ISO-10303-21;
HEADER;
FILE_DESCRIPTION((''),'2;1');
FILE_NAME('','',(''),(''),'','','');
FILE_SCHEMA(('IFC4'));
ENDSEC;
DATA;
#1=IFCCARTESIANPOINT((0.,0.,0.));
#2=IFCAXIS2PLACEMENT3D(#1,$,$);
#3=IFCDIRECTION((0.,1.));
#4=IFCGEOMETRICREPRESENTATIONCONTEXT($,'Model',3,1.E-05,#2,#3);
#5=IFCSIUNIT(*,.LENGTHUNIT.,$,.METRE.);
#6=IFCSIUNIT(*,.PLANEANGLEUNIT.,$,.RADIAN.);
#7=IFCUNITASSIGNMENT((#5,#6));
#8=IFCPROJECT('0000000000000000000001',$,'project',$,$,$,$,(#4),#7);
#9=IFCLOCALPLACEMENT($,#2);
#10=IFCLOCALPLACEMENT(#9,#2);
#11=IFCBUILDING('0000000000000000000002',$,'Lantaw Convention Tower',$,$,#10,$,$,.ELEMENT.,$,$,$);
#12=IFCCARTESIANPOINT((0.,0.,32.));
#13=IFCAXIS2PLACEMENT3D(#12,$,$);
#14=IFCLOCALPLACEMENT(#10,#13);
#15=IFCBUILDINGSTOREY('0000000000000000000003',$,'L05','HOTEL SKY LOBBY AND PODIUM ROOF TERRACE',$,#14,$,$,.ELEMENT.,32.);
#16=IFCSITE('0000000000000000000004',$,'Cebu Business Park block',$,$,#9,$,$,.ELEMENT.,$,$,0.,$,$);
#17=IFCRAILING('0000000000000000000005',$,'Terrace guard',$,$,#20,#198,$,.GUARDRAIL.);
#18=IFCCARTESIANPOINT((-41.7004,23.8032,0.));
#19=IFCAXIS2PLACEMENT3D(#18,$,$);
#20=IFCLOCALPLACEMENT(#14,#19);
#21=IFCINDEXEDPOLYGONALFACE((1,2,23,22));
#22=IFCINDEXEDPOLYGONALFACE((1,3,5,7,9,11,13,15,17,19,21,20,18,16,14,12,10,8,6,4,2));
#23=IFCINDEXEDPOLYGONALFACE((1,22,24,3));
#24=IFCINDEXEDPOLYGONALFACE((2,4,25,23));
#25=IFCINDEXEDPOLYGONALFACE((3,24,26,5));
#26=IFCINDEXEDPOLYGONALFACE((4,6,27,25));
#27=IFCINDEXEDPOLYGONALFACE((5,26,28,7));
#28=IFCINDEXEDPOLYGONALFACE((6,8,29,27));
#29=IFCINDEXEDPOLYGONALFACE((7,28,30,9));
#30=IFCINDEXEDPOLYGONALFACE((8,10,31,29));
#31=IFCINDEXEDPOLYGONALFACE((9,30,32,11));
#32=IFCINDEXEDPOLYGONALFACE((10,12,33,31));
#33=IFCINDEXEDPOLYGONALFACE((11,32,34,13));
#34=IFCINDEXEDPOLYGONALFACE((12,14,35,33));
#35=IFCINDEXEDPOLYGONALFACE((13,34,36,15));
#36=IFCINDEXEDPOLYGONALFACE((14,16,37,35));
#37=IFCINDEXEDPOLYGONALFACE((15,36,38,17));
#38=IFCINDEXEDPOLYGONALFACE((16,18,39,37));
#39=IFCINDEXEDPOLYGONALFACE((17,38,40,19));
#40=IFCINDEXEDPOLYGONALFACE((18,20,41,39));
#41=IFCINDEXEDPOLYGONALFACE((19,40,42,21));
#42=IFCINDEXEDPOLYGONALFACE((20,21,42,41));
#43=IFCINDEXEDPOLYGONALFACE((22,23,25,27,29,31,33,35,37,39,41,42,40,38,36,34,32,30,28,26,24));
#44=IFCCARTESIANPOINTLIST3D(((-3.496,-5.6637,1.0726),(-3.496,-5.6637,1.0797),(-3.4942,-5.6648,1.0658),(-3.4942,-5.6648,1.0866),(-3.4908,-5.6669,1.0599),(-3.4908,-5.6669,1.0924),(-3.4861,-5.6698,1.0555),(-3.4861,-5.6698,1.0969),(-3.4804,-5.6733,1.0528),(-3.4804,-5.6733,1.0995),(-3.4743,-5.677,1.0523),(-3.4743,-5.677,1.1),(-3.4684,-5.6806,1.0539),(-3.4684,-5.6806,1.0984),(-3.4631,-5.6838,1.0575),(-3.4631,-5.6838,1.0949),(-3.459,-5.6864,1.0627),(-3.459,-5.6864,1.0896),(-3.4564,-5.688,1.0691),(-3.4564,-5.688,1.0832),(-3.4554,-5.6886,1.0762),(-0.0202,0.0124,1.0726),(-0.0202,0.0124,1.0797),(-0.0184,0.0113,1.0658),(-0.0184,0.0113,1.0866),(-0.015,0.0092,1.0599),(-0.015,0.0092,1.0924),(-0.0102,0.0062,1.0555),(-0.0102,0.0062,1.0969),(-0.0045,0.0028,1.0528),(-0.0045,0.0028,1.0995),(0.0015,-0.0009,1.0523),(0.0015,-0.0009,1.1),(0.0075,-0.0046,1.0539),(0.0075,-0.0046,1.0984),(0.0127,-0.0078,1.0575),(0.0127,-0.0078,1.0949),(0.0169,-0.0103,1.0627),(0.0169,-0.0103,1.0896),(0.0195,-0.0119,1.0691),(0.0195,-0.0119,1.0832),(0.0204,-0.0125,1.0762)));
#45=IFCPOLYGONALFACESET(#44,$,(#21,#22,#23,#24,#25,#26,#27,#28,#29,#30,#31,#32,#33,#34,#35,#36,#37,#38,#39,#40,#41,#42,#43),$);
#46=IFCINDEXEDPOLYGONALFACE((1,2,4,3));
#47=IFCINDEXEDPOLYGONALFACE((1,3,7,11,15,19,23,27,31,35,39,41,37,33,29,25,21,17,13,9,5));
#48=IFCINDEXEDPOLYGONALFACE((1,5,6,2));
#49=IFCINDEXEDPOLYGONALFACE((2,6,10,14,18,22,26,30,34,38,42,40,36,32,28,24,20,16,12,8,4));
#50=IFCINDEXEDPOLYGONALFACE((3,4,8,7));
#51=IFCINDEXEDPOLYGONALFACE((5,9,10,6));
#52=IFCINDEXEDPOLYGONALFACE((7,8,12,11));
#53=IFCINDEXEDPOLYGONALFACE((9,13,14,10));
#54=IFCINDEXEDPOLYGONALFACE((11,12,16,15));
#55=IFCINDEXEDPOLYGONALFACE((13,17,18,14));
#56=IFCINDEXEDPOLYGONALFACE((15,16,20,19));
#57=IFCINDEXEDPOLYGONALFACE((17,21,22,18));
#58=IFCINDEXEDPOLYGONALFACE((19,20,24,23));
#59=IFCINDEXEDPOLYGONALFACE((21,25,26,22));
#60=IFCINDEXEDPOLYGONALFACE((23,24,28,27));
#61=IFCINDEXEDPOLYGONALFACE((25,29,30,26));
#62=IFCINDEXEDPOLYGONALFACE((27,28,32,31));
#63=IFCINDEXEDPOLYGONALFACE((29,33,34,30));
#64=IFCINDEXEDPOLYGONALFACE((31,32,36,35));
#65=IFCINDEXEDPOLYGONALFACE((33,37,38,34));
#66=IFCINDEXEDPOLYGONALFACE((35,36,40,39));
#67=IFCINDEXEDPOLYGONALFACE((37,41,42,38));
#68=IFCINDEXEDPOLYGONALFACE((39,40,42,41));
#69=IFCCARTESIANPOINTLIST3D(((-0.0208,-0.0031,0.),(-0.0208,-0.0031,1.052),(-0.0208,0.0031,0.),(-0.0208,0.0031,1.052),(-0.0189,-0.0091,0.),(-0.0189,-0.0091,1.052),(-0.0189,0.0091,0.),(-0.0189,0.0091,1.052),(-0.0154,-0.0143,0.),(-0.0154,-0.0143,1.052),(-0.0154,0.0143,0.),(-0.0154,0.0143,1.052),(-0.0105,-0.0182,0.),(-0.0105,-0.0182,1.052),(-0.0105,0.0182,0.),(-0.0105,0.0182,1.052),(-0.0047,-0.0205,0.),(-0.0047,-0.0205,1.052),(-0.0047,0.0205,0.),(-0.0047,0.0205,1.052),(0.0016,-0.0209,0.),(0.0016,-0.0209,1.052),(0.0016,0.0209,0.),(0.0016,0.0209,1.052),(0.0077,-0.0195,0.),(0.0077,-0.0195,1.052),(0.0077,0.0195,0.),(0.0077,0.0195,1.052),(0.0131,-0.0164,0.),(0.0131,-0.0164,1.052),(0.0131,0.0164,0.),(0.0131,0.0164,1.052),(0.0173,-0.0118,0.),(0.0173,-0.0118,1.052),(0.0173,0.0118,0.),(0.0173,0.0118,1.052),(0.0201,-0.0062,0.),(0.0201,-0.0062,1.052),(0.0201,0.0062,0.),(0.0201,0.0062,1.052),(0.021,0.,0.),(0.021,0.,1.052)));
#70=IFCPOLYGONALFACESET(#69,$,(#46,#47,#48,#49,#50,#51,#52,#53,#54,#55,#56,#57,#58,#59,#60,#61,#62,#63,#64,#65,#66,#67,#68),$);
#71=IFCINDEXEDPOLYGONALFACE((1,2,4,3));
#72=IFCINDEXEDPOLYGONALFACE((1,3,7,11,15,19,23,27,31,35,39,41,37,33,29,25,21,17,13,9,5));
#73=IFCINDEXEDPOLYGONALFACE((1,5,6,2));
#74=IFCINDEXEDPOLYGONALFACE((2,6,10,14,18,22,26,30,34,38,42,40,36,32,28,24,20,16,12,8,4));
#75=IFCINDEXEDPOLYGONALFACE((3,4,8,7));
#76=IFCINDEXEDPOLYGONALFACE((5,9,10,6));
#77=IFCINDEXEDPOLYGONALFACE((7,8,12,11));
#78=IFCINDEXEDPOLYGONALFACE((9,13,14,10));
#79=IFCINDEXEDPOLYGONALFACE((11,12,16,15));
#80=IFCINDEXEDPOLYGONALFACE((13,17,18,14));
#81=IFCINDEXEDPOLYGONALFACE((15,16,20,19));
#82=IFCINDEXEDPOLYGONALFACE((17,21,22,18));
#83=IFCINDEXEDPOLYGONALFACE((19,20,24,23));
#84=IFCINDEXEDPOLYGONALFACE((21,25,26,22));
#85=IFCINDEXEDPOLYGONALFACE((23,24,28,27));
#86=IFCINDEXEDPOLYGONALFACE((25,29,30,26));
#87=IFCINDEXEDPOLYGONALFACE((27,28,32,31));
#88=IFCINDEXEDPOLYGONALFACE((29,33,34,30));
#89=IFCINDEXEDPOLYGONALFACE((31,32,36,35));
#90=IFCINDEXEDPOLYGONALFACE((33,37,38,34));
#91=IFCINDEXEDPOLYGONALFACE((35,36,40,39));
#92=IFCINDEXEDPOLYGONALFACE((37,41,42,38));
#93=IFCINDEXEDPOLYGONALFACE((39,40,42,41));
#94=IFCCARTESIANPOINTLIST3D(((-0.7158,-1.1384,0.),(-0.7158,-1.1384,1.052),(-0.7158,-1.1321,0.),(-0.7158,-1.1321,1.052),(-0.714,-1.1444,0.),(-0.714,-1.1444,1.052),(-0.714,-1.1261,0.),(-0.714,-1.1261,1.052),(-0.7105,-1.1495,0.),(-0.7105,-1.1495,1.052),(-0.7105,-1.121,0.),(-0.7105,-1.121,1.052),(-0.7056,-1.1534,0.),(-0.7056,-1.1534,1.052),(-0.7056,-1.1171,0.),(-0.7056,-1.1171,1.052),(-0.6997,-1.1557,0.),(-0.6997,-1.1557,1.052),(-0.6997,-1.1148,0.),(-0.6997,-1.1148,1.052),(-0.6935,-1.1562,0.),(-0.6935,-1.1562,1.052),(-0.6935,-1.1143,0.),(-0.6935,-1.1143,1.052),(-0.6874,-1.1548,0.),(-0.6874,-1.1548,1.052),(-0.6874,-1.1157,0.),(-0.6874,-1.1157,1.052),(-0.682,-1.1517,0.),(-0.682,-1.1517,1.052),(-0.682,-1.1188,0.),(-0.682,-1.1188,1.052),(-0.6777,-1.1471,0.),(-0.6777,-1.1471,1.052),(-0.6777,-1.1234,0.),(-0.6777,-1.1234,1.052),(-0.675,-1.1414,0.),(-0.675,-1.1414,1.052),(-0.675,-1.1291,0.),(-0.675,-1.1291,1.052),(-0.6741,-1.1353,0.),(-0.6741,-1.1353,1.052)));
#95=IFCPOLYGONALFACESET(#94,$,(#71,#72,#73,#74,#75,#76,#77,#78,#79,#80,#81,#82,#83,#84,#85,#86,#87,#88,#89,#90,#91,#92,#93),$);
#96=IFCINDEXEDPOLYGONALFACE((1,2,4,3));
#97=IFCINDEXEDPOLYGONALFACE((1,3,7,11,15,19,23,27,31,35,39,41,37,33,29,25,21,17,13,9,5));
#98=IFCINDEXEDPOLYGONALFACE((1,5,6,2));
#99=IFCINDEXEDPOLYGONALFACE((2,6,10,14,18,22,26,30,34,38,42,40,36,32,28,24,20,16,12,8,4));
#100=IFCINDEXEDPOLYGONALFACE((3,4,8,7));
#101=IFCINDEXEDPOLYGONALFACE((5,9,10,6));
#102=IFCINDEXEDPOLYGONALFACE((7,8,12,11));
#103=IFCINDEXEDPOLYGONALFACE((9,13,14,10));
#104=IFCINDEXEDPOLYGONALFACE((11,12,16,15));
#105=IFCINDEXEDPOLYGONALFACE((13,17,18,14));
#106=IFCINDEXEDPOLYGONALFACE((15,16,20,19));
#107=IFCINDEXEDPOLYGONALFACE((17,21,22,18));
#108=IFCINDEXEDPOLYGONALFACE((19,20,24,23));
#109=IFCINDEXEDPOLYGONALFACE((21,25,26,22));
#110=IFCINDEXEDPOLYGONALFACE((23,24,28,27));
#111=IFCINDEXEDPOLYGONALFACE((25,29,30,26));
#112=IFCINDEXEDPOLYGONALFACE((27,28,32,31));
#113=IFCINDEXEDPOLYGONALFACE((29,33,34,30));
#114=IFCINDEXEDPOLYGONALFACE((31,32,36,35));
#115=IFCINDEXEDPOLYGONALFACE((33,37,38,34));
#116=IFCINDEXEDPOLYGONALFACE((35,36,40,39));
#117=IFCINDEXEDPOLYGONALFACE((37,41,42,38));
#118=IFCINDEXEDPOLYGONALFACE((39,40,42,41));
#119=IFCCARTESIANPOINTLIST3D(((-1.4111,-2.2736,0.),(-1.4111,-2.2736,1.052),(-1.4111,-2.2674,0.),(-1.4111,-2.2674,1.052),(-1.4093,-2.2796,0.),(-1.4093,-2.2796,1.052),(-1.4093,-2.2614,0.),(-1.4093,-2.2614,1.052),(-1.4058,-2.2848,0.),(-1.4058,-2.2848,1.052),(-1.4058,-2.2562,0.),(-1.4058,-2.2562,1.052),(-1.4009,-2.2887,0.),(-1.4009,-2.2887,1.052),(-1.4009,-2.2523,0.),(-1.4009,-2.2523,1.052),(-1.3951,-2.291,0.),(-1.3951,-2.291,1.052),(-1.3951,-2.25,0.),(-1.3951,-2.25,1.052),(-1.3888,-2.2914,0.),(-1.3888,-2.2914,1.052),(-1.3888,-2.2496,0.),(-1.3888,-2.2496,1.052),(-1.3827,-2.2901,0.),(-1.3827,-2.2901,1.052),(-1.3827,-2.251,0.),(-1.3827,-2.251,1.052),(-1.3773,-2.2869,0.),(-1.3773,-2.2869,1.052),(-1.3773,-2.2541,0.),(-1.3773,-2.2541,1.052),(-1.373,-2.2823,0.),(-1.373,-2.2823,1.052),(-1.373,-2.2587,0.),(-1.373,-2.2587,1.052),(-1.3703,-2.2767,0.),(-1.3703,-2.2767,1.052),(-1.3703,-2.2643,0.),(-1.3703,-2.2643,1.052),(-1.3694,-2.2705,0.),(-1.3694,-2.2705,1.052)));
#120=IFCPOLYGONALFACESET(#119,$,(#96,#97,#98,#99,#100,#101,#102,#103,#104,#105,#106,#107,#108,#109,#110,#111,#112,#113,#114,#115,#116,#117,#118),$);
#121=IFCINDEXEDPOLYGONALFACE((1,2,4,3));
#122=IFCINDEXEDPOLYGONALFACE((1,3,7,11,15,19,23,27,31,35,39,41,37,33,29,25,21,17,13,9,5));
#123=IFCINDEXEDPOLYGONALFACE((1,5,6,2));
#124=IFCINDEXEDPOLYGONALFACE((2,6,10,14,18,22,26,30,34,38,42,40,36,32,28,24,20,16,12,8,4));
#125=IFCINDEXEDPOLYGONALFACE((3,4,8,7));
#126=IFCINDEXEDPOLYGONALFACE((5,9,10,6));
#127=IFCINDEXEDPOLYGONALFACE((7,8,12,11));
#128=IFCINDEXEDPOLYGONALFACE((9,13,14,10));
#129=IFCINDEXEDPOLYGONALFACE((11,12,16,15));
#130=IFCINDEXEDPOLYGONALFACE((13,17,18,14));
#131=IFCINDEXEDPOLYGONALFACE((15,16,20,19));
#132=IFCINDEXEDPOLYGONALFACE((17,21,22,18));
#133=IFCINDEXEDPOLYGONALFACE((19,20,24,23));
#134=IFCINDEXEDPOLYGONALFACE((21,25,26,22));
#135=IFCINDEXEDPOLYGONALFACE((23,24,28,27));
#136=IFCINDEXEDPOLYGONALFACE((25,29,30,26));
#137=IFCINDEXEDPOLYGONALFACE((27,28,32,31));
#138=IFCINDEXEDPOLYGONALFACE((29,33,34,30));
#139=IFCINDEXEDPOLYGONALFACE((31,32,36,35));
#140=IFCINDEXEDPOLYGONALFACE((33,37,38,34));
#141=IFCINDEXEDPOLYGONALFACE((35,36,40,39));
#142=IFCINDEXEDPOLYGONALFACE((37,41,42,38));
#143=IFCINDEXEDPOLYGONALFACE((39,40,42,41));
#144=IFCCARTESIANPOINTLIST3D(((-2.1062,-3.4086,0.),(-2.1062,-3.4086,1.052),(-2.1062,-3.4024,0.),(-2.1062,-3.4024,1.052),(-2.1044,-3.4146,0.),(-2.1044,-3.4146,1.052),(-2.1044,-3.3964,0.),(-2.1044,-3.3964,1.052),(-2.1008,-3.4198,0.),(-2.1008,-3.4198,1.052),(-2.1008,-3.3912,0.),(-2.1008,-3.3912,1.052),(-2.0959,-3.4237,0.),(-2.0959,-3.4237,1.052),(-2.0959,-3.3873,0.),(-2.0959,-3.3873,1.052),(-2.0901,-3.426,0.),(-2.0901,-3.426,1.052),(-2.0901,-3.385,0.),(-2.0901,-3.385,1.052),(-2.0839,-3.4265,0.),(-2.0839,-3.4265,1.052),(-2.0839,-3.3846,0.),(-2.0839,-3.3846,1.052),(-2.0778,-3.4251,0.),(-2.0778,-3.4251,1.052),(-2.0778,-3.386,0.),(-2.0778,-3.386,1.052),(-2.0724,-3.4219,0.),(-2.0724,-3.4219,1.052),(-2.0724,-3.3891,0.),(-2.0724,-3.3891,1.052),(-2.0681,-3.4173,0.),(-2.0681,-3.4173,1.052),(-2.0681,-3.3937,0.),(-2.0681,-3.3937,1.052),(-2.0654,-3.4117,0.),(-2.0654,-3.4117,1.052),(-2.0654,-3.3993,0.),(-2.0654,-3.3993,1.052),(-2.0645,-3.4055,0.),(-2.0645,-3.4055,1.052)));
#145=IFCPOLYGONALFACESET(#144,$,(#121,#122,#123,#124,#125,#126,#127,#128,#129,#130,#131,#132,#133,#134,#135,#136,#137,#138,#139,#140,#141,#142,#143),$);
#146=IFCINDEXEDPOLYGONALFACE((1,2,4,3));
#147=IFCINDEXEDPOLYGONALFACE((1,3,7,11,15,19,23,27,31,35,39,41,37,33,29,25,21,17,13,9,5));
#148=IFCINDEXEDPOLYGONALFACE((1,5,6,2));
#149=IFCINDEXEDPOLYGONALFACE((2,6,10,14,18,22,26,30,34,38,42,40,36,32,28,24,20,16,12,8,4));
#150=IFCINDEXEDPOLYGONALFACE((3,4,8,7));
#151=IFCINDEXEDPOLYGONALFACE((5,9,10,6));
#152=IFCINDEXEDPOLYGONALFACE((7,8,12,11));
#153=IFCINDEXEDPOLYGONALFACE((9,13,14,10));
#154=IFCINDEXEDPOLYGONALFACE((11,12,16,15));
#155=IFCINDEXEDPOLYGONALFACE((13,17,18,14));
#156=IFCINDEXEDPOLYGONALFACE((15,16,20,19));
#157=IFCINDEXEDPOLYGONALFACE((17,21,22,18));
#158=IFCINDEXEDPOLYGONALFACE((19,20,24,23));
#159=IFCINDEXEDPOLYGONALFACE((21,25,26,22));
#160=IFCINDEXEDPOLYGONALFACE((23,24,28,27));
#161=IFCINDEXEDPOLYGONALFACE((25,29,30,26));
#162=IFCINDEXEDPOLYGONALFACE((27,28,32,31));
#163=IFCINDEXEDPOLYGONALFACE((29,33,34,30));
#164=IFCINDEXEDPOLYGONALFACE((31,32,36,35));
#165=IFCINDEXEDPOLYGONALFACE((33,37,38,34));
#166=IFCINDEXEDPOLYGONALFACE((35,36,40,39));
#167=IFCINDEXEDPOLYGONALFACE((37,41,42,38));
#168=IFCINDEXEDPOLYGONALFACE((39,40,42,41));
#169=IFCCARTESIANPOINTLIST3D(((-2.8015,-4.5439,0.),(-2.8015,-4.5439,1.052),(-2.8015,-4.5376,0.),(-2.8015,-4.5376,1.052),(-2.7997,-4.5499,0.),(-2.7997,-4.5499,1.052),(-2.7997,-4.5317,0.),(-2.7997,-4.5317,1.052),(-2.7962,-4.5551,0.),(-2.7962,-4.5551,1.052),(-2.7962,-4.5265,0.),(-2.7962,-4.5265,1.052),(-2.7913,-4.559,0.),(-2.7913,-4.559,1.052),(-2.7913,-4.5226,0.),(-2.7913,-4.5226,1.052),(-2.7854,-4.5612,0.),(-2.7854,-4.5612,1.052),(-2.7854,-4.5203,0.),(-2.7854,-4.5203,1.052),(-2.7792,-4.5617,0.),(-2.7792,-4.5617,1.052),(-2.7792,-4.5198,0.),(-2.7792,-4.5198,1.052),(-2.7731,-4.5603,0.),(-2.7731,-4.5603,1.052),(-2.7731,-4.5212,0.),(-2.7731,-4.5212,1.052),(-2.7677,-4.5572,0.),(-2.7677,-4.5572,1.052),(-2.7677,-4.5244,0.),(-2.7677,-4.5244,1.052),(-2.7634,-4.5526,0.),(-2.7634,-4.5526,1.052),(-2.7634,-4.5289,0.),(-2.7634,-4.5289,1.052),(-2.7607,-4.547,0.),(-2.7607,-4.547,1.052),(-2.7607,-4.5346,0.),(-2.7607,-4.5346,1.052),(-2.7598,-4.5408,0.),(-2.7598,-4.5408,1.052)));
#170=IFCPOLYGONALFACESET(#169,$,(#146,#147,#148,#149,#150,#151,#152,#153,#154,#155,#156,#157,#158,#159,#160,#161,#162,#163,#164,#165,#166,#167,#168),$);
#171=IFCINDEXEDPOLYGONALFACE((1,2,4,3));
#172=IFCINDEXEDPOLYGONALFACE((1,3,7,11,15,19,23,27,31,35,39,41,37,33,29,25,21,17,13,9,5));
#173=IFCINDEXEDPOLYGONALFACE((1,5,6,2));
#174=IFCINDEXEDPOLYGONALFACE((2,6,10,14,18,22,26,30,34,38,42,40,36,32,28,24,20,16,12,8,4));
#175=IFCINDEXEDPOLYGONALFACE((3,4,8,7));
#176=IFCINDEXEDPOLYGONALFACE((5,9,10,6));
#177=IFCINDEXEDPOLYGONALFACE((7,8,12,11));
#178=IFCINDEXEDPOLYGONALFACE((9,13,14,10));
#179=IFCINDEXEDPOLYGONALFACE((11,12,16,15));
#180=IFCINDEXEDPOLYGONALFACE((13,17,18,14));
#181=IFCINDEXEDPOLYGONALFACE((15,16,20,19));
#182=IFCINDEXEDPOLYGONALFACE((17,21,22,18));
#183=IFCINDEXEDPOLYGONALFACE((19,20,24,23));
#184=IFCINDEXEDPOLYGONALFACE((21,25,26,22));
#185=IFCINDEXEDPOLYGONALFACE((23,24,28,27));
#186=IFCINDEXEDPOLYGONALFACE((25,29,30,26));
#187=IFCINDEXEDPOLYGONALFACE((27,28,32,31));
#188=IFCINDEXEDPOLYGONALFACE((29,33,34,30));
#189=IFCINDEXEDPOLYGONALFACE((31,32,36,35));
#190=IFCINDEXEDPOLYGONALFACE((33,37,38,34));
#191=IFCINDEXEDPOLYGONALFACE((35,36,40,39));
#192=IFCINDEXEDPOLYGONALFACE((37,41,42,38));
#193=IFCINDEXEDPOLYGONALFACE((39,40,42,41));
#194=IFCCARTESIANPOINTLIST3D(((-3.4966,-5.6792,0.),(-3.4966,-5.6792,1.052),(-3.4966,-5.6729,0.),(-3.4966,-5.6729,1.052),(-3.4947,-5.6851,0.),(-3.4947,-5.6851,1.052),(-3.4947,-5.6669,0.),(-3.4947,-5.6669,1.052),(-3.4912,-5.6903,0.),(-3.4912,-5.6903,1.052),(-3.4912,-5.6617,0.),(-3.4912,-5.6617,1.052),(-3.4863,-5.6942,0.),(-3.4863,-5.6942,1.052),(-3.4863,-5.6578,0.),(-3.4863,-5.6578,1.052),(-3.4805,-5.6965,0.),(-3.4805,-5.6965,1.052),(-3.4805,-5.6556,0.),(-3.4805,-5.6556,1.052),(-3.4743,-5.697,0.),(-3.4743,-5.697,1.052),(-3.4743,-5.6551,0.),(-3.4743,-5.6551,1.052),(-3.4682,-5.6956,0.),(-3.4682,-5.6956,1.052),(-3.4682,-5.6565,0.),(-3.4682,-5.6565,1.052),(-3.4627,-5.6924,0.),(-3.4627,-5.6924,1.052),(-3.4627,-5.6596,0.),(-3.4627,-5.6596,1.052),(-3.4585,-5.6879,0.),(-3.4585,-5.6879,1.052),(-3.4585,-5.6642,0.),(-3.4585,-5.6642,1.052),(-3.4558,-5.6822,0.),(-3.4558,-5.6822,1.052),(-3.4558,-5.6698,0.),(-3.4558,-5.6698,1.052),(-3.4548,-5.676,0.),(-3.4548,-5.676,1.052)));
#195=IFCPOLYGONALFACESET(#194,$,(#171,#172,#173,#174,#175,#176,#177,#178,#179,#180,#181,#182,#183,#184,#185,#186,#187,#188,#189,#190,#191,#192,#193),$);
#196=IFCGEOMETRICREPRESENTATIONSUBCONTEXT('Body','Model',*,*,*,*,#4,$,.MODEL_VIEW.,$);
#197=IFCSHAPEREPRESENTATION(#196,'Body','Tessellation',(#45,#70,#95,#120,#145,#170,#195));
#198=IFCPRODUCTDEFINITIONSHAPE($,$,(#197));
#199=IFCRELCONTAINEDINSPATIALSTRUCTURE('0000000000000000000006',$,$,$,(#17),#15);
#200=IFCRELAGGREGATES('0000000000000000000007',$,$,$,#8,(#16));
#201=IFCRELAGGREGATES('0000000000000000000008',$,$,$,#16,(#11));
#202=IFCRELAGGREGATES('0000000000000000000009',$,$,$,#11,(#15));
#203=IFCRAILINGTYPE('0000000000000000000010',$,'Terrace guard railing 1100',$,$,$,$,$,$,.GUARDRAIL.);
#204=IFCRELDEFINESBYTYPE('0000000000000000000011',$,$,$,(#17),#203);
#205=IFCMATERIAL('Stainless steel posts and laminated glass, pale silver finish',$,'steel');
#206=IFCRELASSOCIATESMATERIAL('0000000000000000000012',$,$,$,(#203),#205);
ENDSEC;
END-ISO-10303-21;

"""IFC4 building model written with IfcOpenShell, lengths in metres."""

from ifc_helpers import new_model, si_unit, direction, frame, origin, origin_2d, place, context, subcontext, project, spatial, circle, extrude, material, type_object, element, save


model = new_model("IFC4")

# Units and contexts
model_context = context("Model", 3, precision=1e-05, world=origin(), true_north=direction((0.0, 1.0)))
body_context = subcontext(model_context, "Body", "Model", "MODEL_VIEW")
ifc_project = project(units=[si_unit("LENGTHUNIT", "METRE"), si_unit("PLANEANGLEUNIT", "RADIAN")], contexts=[model_context])

# Site, building, storey
site_placement = place(None, origin())
site = spatial("IfcSite", under=ifc_project, at=site_placement, Name="Cebu Business Park block", CompositionType="ELEMENT", RefElevation=0.0)
building_placement = place(site_placement, origin())
building = spatial("IfcBuilding", under=site, at=building_placement, Name="Lantaw Convention Tower", CompositionType="ELEMENT")
storey_placement = place(building_placement, frame((0.0, 0.0, 32.0)))
storey = spatial("IfcBuildingStorey", under=building, at=storey_placement, Name="L05", Description="HOTEL SKY LOBBY AND PODIUM ROOF TERRACE", CompositionType="ELEMENT", Elevation=32.0)

# Railing
ifc_material_1 = material(Name="Stainless steel posts and laminated glass, pale silver finish", Category="steel")
railing_type_1 = type_object("IfcRailingType", Name="Terrace guard railing 1100", PredefinedType="GUARDRAIL", material=ifc_material_1)
railing_1_placement = place(storey_placement, frame((-41.7004, 23.8032, 0.0)))
element("IfcRailing", 1, at=railing_1_placement, inside=storey, type_object=railing_type_1, Name="Terrace guard", PredefinedType="GUARDRAIL", context=body_context, shape_type="SweptSolid", body=[
    extrude(circle(Radius=0.0239, at=origin_2d()), frame((0.0, 0.0, 1.0762), z_axis=(-0.522232, -0.852804, 0.0), x_axis=(0.852804, -0.522232, 0.0)), (0.0, 0.0, 1.0), 6.6558),
    extrude(circle(Radius=0.021, at=origin_2d()), origin(), (0.0, 0.0, 1.0), 1.052),
    extrude(circle(Radius=0.021, at=origin_2d()), frame((-0.6951, -1.1353, 0.0)), (0.0, 0.0, 1.0), 1.052),
    extrude(circle(Radius=0.021, at=origin_2d()), frame((-1.3904, -2.2705, 0.0)), (0.0, 0.0, 1.0), 1.052),
    extrude(circle(Radius=0.021, at=origin_2d()), frame((-2.0854, -3.4055, 0.0)), (0.0, 0.0, 1.0), 1.052),
    extrude(circle(Radius=0.021, at=origin_2d()), frame((-2.7808, -4.5408, 0.0)), (0.0, 0.0, 1.0), 1.052),
    extrude(circle(Radius=0.021, at=origin_2d()), frame((-3.4758, -5.676, 0.0)), (0.0, 0.0, 1.0), 1.052),
])

save(model, "model.ifc")
